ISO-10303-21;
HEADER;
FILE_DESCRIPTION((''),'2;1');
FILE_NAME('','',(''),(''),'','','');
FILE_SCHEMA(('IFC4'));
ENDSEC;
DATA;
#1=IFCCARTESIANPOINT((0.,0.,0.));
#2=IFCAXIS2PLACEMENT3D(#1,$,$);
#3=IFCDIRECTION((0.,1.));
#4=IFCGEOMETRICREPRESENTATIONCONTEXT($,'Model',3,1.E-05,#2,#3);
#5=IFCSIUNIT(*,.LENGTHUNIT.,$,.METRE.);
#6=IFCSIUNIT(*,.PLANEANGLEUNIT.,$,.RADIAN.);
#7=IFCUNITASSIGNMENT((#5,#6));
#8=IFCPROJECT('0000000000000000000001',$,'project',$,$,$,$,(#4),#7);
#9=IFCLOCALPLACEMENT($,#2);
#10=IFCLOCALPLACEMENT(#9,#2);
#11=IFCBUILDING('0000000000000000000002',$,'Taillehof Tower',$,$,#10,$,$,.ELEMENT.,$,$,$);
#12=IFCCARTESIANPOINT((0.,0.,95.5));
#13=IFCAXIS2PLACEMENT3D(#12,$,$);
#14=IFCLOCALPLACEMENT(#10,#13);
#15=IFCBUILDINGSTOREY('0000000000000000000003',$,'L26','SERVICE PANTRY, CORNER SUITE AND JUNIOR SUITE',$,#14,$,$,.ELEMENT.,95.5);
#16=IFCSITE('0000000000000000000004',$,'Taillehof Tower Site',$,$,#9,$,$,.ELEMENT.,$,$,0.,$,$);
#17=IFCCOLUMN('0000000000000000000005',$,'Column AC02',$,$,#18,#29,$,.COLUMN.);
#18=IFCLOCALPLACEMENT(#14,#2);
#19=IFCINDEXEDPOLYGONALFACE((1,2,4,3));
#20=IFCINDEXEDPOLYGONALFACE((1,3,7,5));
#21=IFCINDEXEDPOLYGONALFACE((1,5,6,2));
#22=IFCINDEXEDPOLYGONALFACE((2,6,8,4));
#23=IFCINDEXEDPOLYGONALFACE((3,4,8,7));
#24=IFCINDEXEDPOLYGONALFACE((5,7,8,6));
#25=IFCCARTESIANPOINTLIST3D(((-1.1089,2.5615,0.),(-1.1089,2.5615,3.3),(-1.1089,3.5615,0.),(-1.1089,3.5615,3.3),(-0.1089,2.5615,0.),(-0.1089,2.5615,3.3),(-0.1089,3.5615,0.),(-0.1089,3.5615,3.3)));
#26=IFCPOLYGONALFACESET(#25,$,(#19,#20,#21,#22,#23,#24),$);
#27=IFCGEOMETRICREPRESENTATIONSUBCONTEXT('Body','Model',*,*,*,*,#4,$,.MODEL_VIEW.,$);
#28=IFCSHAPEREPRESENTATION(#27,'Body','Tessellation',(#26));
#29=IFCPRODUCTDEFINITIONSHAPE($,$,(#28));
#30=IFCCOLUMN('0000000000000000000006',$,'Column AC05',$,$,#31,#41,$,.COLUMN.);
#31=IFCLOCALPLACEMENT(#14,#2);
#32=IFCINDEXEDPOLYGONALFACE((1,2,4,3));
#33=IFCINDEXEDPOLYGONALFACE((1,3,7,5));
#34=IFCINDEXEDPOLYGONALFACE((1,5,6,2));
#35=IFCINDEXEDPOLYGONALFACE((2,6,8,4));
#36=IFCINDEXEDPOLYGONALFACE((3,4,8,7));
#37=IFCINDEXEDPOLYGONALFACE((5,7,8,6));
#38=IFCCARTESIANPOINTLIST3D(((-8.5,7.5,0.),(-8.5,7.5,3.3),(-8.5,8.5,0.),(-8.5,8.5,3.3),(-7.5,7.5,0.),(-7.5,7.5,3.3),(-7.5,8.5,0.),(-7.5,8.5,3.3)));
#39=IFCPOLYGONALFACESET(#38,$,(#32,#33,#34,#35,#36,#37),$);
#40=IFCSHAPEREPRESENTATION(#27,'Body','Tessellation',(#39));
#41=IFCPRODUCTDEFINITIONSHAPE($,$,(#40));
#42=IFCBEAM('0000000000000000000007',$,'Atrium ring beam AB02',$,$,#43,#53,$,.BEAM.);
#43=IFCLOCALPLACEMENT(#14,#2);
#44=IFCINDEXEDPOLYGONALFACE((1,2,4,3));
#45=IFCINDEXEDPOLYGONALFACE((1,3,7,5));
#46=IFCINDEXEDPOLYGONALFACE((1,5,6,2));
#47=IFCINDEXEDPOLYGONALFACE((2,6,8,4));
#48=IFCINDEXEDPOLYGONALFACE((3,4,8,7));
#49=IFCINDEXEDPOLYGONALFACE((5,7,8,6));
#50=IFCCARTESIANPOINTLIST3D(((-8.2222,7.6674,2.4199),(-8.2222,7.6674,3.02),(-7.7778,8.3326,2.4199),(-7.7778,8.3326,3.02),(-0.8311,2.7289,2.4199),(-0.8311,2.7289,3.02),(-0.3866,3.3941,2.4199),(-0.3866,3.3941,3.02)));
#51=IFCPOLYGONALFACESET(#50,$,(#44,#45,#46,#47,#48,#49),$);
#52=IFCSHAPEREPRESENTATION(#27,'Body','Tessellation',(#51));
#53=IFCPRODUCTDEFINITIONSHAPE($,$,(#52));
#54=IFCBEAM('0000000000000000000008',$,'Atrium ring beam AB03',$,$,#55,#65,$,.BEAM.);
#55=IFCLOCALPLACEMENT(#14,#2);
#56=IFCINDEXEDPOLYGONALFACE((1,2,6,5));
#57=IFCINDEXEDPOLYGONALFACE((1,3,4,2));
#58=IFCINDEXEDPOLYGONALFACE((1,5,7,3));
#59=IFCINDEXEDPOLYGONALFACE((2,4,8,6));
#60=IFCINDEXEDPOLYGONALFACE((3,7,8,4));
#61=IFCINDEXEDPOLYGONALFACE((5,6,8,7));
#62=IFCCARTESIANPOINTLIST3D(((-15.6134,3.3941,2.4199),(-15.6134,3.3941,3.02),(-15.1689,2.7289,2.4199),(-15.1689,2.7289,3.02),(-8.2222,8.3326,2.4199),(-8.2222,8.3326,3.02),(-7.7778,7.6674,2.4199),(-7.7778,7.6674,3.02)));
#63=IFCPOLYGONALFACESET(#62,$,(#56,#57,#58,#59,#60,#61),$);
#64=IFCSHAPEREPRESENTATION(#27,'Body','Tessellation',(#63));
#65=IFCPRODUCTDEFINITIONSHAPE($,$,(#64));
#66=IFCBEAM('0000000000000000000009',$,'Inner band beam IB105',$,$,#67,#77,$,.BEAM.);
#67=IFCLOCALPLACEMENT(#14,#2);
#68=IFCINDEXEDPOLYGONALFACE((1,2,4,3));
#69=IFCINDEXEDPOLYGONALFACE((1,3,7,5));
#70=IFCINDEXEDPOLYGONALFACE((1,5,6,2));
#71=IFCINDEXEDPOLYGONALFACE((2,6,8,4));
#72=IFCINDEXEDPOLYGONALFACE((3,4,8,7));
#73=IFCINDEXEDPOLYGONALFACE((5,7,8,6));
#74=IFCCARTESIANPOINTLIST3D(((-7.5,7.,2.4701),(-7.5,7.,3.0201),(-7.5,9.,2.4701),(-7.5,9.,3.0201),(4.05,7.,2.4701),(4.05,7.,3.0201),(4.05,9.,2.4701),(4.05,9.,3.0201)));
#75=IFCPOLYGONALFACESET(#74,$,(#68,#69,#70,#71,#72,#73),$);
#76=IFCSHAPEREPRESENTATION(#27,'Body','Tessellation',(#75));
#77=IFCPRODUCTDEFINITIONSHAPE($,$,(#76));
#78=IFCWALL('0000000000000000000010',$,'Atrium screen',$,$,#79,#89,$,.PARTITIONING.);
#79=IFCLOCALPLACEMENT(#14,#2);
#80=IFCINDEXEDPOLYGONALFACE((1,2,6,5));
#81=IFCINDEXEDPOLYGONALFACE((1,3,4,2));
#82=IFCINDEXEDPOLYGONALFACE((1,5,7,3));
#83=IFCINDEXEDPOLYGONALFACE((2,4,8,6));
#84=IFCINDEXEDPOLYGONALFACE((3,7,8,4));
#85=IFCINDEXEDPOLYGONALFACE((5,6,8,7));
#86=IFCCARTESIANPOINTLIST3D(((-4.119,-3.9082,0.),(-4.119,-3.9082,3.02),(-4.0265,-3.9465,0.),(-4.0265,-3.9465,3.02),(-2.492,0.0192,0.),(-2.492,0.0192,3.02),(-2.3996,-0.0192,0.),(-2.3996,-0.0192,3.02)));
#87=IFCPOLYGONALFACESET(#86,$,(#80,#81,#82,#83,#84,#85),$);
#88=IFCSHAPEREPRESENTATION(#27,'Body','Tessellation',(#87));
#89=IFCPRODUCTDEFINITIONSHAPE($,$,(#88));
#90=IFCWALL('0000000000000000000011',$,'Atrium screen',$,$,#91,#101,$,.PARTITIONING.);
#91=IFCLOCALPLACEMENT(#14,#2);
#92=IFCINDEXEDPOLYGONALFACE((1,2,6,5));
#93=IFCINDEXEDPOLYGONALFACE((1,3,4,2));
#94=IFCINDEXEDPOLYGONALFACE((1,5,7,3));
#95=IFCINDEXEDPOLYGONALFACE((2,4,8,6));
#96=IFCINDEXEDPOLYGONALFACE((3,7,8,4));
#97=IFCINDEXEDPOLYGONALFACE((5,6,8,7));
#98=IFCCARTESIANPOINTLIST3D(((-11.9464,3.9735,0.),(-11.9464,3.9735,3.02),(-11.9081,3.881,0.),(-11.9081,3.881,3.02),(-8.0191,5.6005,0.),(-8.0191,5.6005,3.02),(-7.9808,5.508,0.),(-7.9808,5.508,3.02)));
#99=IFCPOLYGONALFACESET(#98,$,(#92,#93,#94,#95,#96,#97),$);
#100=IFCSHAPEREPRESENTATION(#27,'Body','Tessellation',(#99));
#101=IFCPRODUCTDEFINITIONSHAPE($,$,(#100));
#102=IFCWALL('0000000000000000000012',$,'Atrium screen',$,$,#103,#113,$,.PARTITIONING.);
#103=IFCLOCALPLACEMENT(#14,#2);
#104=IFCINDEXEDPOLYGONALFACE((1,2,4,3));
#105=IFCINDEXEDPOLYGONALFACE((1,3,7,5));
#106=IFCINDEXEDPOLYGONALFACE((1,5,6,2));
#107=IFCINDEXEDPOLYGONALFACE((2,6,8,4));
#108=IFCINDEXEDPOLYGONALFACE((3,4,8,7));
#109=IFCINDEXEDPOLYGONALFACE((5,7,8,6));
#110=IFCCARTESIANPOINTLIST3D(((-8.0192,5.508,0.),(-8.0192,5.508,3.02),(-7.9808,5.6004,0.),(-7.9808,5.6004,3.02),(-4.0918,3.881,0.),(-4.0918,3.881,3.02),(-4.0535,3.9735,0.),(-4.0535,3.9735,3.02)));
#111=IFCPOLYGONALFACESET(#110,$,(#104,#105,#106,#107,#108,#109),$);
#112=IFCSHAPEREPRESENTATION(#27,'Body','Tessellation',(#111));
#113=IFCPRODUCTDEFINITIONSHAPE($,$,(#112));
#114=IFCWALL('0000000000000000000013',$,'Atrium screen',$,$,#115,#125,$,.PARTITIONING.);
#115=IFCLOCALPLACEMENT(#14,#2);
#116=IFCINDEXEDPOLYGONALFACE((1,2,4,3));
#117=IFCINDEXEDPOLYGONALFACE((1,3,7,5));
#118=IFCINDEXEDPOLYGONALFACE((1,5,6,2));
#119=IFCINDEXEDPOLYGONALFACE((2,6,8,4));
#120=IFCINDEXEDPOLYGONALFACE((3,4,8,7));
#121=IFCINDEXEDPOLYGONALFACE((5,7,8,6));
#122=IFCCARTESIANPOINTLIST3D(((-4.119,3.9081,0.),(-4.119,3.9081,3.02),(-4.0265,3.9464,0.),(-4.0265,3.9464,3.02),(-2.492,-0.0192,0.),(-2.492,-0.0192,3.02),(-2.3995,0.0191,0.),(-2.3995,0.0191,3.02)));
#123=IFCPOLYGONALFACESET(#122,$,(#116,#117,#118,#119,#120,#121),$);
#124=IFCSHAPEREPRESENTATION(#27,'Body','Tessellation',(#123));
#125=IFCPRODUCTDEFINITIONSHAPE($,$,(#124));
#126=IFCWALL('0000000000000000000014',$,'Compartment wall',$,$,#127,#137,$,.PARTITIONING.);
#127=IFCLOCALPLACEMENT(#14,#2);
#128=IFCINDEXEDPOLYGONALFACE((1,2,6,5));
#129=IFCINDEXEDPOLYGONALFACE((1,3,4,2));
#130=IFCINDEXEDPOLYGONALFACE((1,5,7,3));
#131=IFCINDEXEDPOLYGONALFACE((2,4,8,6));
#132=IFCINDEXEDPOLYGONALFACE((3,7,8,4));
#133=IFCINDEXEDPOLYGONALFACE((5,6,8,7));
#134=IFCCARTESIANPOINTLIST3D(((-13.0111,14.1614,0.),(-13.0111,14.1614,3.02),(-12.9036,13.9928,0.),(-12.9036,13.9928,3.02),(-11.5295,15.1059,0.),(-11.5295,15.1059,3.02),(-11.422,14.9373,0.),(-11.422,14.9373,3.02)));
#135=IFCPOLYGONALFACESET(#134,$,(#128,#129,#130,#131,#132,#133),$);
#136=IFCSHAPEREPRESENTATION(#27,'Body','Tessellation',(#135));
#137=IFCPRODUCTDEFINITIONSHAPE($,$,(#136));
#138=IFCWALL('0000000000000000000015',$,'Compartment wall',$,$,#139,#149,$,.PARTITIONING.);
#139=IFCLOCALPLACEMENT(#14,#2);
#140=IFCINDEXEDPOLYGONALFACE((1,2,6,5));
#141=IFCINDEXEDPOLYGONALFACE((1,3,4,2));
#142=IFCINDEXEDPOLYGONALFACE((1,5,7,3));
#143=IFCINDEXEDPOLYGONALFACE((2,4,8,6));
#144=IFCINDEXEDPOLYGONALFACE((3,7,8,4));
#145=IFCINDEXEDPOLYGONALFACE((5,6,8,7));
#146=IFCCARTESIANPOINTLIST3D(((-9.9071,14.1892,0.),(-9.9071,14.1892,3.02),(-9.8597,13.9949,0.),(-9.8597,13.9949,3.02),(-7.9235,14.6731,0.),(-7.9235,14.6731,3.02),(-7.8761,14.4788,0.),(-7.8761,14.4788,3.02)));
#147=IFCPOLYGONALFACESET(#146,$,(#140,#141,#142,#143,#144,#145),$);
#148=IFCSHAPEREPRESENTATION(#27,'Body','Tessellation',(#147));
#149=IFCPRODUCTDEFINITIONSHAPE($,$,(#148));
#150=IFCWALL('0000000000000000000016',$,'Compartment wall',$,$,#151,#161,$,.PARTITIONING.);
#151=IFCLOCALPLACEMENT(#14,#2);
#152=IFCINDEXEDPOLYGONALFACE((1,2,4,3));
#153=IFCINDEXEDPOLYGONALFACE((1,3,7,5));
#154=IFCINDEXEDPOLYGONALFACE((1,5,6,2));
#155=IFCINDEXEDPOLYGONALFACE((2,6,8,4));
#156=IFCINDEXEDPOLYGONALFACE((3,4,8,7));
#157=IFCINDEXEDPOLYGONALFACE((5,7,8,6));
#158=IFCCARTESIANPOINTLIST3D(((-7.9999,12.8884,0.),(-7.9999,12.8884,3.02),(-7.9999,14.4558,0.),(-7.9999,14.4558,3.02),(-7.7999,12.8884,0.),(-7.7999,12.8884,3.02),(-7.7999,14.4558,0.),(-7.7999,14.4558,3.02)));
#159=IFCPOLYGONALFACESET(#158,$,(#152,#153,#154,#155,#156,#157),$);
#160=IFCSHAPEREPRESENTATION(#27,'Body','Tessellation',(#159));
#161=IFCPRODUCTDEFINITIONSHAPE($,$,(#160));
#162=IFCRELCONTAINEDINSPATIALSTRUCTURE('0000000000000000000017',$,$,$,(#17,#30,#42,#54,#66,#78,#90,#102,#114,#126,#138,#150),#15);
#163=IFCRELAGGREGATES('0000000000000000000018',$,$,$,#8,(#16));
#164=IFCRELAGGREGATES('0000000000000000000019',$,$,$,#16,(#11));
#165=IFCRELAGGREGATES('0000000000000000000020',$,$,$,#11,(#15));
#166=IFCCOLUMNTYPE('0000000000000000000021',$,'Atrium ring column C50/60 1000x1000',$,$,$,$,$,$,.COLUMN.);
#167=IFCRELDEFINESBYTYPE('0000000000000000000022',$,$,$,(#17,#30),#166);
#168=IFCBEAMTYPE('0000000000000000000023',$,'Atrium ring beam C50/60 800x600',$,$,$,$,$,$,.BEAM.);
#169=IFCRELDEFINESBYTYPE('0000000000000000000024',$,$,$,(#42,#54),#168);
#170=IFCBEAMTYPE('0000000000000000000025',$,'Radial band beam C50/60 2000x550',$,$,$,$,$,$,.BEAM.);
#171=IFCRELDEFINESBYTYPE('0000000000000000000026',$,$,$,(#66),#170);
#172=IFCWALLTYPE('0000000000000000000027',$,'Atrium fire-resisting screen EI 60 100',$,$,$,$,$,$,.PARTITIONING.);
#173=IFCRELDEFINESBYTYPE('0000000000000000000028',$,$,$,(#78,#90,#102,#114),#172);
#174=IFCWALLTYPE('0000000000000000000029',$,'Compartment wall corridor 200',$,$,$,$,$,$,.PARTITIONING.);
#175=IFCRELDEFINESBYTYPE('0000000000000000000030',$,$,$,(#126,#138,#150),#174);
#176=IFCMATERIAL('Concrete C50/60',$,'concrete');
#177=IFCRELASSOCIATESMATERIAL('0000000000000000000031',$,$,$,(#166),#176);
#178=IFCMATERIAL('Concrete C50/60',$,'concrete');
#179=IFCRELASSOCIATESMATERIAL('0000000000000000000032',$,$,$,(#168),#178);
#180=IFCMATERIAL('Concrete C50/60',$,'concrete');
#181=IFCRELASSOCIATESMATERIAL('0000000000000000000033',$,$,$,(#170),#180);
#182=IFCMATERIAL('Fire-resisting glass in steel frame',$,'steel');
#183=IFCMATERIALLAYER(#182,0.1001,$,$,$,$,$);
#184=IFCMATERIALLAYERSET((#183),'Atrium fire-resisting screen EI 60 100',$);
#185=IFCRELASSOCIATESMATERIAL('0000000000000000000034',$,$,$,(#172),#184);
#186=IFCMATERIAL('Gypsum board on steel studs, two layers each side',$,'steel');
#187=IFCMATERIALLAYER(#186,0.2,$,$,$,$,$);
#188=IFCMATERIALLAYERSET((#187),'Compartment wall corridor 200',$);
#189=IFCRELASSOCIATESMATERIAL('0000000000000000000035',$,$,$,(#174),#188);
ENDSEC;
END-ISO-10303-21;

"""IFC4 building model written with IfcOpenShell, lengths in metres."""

from ifc_helpers import new_model, si_unit, direction, frame, frame_2d, origin, origin_2d, place, context, subcontext, project, spatial, rectangle, extrude, material, layer, layer_set, material_profile, profile_set, type_object, element, save


model = new_model("IFC4")

# Units and contexts
model_context = context("Model", 3, precision=1e-05, world=origin(), true_north=direction((0.0, 1.0)))
body_context = subcontext(model_context, "Body", "Model", "MODEL_VIEW")
ifc_project = project(units=[si_unit("LENGTHUNIT", "METRE"), si_unit("PLANEANGLEUNIT", "RADIAN")], contexts=[model_context])

# Site, building, storey
site_placement = place(None, origin())
site = spatial("IfcSite", under=ifc_project, at=site_placement, Name="Taillehof Tower Site", CompositionType="ELEMENT", RefElevation=0.0)
building_placement = place(site_placement, origin())
building = spatial("IfcBuilding", under=site, at=building_placement, Name="Taillehof Tower", CompositionType="ELEMENT")
storey_placement = place(building_placement, frame((0.0, 0.0, 95.5)))
storey = spatial("IfcBuildingStorey", under=building, at=storey_placement, Name="L26", Description="SERVICE PANTRY, CORNER SUITE AND JUNIOR SUITE", CompositionType="ELEMENT", Elevation=95.5)

# Columns
ifc_material_1 = material(Name="Concrete C50/60", Category="concrete")
ifc_material_profile_1 = material_profile(ifc_material_1, rectangle(XDim=1.0, YDim=1.0, at=origin_2d()), Name="RC 1000x1000")
ifc_profile_set_1 = profile_set([ifc_material_profile_1], Name="Concrete C50/60")
column_type = type_object("IfcColumnType", Name="Atrium ring column C50/60 1000x1000", PredefinedType="COLUMN", material=ifc_profile_set_1)
for number, where, z_axis, x_axis, name in (
    (1, (-0.6089, 3.0615, 0.0), (0.0, 0.0, 1.0), (1.0, 0.0, 0.0), "Column AC02"),
    (2, (-8.0, 8.0, 0.0), (0.0, 0.0, 1.0), (1.0, 0.0, 0.0), "Column AC05"),
):
    element("IfcColumn", number, at=place(storey_placement, frame(where, z_axis=z_axis, x_axis=x_axis)), inside=storey, type_object=column_type, Name=name, PredefinedType="COLUMN", context=body_context, shape_type="SweptSolid", body=[
        extrude(rectangle(XDim=1.0, YDim=1.0, at=origin_2d()), origin(), (0.0, 0.0, 1.0), 3.3),
    ])

# Beams
ifc_material_2 = material(Name="Concrete C50/60", Category="concrete")
ifc_material_profile_2 = material_profile(ifc_material_2, rectangle(XDim=0.8, YDim=0.6001, at=origin_2d()), Name="RC 800x600")
ifc_profile_set_2 = profile_set([ifc_material_profile_2], Name="Concrete C50/60")
beam_type_1 = type_object("IfcBeamType", Name="Atrium ring beam C50/60 800x600", PredefinedType="BEAM", material=ifc_profile_set_2)
for number, where, z_axis, x_axis, name in (
    (3, (-0.6089, 3.0615, 2.72), (-0.831475, 0.555562, 0.0), (-0.555562, -0.831475, 0.0), "Atrium ring beam AB02"),
    (4, (-8.0, 8.0, 2.72), (-0.831475, -0.555562, 0.0), (0.555562, -0.831475, 0.0), "Atrium ring beam AB03"),
):
    element("IfcBeam", number, at=place(storey_placement, frame(where, z_axis=z_axis, x_axis=x_axis)), inside=storey, type_object=beam_type_1, Name=name, PredefinedType="BEAM", context=body_context, shape_type="SweptSolid", body=[
        extrude(rectangle(XDim=0.8, YDim=0.6001, at=origin_2d()), origin(), (0.0, 0.0, 1.0), 8.8892),
    ])
ifc_material_3 = material(Name="Concrete C50/60", Category="concrete")
ifc_material_profile_3 = material_profile(ifc_material_3, rectangle(XDim=2.0, YDim=0.55, at=origin_2d()), Name="RC 2000x550")
ifc_profile_set_3 = profile_set([ifc_material_profile_3], Name="Concrete C50/60")
beam_type_2 = type_object("IfcBeamType", Name="Radial band beam C50/60 2000x550", PredefinedType="BEAM", material=ifc_profile_set_3)
beam_placement = place(storey_placement, frame((-7.5, 8.0, 2.7451), z_axis=(1.0, 0.0, 0.0), x_axis=(0.0, 1.0, 0.0)))
element("IfcBeam", 5, at=beam_placement, inside=storey, type_object=beam_type_2, Name="Inner band beam IB105", PredefinedType="BEAM", context=body_context, shape_type="SweptSolid", body=[
    extrude(rectangle(XDim=2.0, YDim=0.55, at=origin_2d()), origin(), (0.0, 0.0, 1.0), 11.55),
])

# Walls
ifc_material_4 = material(Name="Fire-resisting glass in steel frame", Category="steel")
ifc_layer_1 = layer(ifc_material_4, 0.1001)
ifc_layer_set_1 = layer_set([ifc_layer_1], Name="Atrium fire-resisting screen EI 60 100")
wall_type_1 = type_object("IfcWallType", Name="Atrium fire-resisting screen EI 60 100", PredefinedType="PARTITIONING", material=ifc_layer_set_1)
for number, where, z_axis, x_axis, name in (
    (6, (-2.4458, 0.0, 0.0), (0.0, 0.0, 1.0), (-0.382731, -0.92386, 0.0), "Atrium screen"),
    (7, (-11.9272, 3.9272, 0.0), (0.0, 0.0, 1.0), (0.92386, 0.382731, 0.0), "Atrium screen"),
    (8, (-8.0, 5.5542, 0.0), (0.0, 0.0, 1.0), (0.92386, -0.382731, 0.0), "Atrium screen"),
    (9, (-4.0728, 3.9272, 0.0), (0.0, 0.0, 1.0), (0.382731, -0.92386, 0.0), "Atrium screen"),
):
    element("IfcWall", number, at=place(storey_placement, frame(where, z_axis=z_axis, x_axis=x_axis)), inside=storey, type_object=wall_type_1, Name=name, PredefinedType="PARTITIONING", context=body_context, shape_type="SweptSolid", body=[
        extrude(rectangle(XDim=4.251, YDim=0.1001, at=frame_2d((2.1255, 0.0))), origin(), (0.0, 0.0, 1.0), 3.02),
    ])
ifc_material_5 = material(Name="Gypsum board on steel studs, two layers each side", Category="steel")
ifc_layer_2 = layer(ifc_material_5, 0.2)
ifc_layer_set_2 = layer_set([ifc_layer_2], Name="Compartment wall corridor 200")
wall_type_2 = type_object("IfcWallType", Name="Compartment wall corridor 200", PredefinedType="PARTITIONING", material=ifc_layer_set_2)
wall_1_placement = place(storey_placement, frame((-12.9573, 14.0771, 0.0), z_axis=(0.0, 0.0, 1.0), x_axis=(0.843226, 0.537559, 0.0)))
element("IfcWall", 10, at=wall_1_placement, inside=storey, type_object=wall_type_2, Name="Compartment wall", PredefinedType="PARTITIONING", context=body_context, shape_type="SweptSolid", body=[
    extrude(rectangle(XDim=1.7571, YDim=0.2, at=frame_2d((0.8784, 0.0))), origin(), (0.0, 0.0, 1.0), 3.02),
])
wall_2_placement = place(storey_placement, frame((-9.8835, 14.092, 0.0), z_axis=(0.0, 0.0, 1.0), x_axis=(0.971512, 0.236989, 0.0)))
element("IfcWall", 11, at=wall_2_placement, inside=storey, type_object=wall_type_2, Name="Compartment wall", PredefinedType="PARTITIONING", context=body_context, shape_type="SweptSolid", body=[
    extrude(rectangle(XDim=2.0417, YDim=0.2, at=frame_2d((1.021, 0.0))), origin(), (0.0, 0.0, 1.0), 3.02),
])
wall_3_placement = place(storey_placement, frame((-7.8999, 14.4558, 0.0), z_axis=(0.0, 0.0, 1.0), x_axis=(0.0, -1.0, 0.0)))
element("IfcWall", 12, at=wall_3_placement, inside=storey, type_object=wall_type_2, Name="Compartment wall", PredefinedType="PARTITIONING", context=body_context, shape_type="SweptSolid", body=[
    extrude(rectangle(XDim=1.5674, YDim=0.2, at=frame_2d((0.7837, 0.0))), origin(), (0.0, 0.0, 1.0), 3.02),
])

save(model, "model.ifc")
